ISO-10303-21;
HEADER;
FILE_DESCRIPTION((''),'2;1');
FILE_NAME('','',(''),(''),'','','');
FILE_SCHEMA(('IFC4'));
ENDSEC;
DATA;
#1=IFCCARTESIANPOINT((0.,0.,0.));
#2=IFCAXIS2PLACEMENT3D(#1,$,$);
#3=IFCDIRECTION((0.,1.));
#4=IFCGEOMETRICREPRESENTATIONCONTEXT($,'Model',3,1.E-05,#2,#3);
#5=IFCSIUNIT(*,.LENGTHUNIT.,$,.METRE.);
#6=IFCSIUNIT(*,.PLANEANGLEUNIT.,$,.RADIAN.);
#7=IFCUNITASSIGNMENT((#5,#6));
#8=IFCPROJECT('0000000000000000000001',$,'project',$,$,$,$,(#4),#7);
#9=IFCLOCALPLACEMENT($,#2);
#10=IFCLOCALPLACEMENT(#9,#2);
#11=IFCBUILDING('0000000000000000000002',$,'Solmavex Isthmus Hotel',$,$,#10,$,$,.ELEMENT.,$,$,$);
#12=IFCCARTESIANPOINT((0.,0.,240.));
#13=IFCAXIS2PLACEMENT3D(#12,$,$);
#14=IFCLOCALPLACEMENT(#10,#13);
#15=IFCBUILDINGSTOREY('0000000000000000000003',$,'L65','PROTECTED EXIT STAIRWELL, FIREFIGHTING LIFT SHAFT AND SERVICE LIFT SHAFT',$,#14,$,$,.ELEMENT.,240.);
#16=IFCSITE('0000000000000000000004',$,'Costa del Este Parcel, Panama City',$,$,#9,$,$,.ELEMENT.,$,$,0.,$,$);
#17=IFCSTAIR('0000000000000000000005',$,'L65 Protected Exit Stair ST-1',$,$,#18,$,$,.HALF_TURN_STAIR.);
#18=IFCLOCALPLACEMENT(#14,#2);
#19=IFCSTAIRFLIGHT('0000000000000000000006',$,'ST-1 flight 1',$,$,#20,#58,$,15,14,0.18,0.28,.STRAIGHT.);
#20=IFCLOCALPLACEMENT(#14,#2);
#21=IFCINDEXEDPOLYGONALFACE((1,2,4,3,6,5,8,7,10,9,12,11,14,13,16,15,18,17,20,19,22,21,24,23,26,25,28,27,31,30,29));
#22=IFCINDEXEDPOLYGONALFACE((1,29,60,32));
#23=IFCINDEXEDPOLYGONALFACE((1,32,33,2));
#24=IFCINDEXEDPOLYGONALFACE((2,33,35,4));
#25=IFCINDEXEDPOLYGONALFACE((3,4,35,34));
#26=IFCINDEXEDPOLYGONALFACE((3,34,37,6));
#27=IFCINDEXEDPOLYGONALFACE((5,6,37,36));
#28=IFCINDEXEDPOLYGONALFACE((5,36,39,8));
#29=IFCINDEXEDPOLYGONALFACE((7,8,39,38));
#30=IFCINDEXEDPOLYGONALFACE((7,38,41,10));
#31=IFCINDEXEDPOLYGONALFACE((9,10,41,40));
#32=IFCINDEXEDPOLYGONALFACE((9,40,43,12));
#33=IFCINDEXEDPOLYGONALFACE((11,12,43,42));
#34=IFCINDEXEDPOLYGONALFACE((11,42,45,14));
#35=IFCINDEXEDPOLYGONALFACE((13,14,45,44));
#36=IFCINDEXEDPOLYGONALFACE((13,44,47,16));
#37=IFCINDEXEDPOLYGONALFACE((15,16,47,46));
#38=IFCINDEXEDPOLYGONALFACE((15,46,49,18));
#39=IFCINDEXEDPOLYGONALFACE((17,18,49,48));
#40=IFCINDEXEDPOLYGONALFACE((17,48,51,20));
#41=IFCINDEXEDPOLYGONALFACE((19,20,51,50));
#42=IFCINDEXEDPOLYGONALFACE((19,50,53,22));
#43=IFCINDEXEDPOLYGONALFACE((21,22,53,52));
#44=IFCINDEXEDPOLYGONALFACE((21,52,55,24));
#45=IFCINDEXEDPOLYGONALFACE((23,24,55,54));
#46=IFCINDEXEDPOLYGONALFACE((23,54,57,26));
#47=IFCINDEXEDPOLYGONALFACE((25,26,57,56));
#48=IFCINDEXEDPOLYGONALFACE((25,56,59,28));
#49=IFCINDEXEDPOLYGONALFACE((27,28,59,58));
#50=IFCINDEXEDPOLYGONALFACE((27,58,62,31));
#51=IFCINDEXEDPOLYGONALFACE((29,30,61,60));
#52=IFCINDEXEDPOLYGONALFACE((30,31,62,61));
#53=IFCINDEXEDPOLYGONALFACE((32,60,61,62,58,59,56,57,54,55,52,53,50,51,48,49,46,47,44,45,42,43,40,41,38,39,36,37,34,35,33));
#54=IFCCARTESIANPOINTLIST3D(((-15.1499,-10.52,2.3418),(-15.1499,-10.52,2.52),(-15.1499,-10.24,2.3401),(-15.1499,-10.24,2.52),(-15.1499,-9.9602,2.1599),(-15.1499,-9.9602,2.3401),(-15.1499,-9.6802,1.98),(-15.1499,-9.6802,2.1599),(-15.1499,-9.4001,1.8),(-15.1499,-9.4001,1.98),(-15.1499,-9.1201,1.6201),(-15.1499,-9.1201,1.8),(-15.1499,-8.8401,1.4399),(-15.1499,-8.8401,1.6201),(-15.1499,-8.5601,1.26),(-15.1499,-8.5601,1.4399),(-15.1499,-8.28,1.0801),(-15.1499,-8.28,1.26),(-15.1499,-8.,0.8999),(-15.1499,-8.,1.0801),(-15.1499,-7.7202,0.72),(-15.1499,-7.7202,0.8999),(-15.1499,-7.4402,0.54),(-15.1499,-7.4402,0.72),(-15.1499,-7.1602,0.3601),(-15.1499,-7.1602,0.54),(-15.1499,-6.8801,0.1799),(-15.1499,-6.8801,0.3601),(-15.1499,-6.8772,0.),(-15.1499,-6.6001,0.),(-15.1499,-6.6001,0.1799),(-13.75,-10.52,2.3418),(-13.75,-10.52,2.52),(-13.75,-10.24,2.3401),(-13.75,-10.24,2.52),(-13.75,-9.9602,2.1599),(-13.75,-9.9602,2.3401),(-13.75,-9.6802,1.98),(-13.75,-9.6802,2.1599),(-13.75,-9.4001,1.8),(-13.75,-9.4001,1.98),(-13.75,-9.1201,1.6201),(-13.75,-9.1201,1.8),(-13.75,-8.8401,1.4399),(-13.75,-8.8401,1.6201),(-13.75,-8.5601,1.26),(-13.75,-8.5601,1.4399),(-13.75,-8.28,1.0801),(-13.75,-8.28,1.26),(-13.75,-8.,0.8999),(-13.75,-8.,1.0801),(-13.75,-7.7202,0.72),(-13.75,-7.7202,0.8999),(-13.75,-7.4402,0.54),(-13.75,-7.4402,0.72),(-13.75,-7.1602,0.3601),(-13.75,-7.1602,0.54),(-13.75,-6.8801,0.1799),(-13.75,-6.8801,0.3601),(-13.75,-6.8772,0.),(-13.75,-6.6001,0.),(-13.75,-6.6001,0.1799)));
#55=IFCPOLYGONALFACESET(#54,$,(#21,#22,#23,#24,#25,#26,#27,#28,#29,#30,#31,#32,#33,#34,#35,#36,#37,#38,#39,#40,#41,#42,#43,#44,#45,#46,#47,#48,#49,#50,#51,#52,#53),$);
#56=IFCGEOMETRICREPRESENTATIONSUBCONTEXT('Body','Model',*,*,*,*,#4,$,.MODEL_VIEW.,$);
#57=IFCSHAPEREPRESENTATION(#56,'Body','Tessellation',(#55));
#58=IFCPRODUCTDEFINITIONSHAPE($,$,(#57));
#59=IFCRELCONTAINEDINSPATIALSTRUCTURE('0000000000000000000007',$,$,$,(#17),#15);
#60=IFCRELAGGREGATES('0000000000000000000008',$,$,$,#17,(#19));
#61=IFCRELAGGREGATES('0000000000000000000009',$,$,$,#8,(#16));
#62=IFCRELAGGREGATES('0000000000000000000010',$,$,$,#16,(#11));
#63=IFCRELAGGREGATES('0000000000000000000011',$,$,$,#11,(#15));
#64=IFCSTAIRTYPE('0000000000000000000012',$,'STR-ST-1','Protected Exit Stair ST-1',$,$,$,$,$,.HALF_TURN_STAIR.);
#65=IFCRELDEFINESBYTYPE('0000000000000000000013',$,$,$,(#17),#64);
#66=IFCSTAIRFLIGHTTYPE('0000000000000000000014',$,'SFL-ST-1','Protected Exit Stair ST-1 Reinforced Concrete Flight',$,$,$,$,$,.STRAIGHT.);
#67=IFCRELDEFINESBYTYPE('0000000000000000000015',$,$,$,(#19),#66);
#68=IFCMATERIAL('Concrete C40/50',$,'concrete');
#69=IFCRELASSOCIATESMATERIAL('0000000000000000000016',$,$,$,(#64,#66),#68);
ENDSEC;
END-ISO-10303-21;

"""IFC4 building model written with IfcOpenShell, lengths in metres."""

from ifc_helpers import new_model, si_unit, direction, frame, origin, place, context, subcontext, project, spatial, polyline, outline, extrude, material, type_object, element, aggregate, save


model = new_model("IFC4")

# Units and contexts
model_context = context("Model", 3, precision=1e-05, world=origin(), true_north=direction((0.0, 1.0)))
body_context = subcontext(model_context, "Body", "Model", "MODEL_VIEW")
ifc_project = project(units=[si_unit("LENGTHUNIT", "METRE"), si_unit("PLANEANGLEUNIT", "RADIAN")], contexts=[model_context])

# Site, building, storey
site_placement = place(None, origin())
site = spatial("IfcSite", under=ifc_project, at=site_placement, Name="Costa del Este Parcel, Panama City", CompositionType="ELEMENT", RefElevation=0.0)
building_placement = place(site_placement, origin())
building = spatial("IfcBuilding", under=site, at=building_placement, Name="Solmavex Isthmus Hotel", CompositionType="ELEMENT")
storey_placement = place(building_placement, frame((0.0, 0.0, 240.0)))
storey = spatial("IfcBuildingStorey", under=building, at=storey_placement, Name="L65", Description="PROTECTED EXIT STAIRWELL, FIREFIGHTING LIFT SHAFT AND SERVICE LIFT SHAFT", CompositionType="ELEMENT", Elevation=240.0)

# Shared definitions
ifc_material_1 = material(Name="Concrete C40/50", Category="concrete")

# Stair, stair flight
stair_type = type_object("IfcStairType", Name="STR-ST-1", Description="Protected Exit Stair ST-1", PredefinedType="HALF_TURN_STAIR", material=ifc_material_1)
stair_placement = place(storey_placement, origin())
stair = element("IfcStair", 1, at=stair_placement, inside=storey, type_object=stair_type, Name="L65 Protected Exit Stair ST-1", PredefinedType="HALF_TURN_STAIR")
stair_flight_type = type_object("IfcStairFlightType", Name="SFL-ST-1", Description="Protected Exit Stair ST-1 Reinforced Concrete Flight", PredefinedType="STRAIGHT", material=ifc_material_1)
stair_flight_placement = place(storey_placement, frame((-14.45, -6.6001, 0.0), z_axis=(0.0, 0.0, 1.0), x_axis=(0.0, -1.0, 0.0)))
stair_flight = element("IfcStairFlight", 2, at=stair_flight_placement, type_object=stair_flight_type, Name="ST-1 flight 1", NumberOfRisers=15, NumberOfTreads=14, PredefinedType="STRAIGHT", RiserHeight=0.18, TreadLength=0.28, context=body_context, shape_type="SweptSolid", body=[
    extrude(outline(polyline([(0.0, 0.0), (0.0, 0.1799), (0.28, 0.1799), (0.28, 0.3601), (0.5601, 0.3601), (0.5601, 0.54), (0.8401, 0.54), (0.8401, 0.72), (1.1201, 0.72), (1.1201, 0.8999), (1.3999, 0.8999), (1.3999, 1.0801), (1.6799, 1.0801), (1.6799, 1.26), (1.96, 1.26), (1.96, 1.4399), (2.24, 1.4399), (2.24, 1.6201), (2.52, 1.6201), (2.52, 1.8), (2.8, 1.8), (2.8, 1.98), (3.0801, 1.98), (3.0801, 2.1599), (3.3601, 2.1599), (3.3601, 2.3401), (3.6399, 2.3401), (3.6399, 2.52), (3.9199, 2.52), (3.9199, 2.7), (3.9199, 2.3418), (0.2771, 0.0), (0.0, 0.0)])), frame((0.0, 0.7, 0.0), z_axis=(0.0, -1.0, 0.0), x_axis=(1.0, 0.0, 0.0)), (0.0, 0.0, 1.0), 1.3999),
])
aggregate(stair, [stair_flight])

save(model, "model.ifc")
